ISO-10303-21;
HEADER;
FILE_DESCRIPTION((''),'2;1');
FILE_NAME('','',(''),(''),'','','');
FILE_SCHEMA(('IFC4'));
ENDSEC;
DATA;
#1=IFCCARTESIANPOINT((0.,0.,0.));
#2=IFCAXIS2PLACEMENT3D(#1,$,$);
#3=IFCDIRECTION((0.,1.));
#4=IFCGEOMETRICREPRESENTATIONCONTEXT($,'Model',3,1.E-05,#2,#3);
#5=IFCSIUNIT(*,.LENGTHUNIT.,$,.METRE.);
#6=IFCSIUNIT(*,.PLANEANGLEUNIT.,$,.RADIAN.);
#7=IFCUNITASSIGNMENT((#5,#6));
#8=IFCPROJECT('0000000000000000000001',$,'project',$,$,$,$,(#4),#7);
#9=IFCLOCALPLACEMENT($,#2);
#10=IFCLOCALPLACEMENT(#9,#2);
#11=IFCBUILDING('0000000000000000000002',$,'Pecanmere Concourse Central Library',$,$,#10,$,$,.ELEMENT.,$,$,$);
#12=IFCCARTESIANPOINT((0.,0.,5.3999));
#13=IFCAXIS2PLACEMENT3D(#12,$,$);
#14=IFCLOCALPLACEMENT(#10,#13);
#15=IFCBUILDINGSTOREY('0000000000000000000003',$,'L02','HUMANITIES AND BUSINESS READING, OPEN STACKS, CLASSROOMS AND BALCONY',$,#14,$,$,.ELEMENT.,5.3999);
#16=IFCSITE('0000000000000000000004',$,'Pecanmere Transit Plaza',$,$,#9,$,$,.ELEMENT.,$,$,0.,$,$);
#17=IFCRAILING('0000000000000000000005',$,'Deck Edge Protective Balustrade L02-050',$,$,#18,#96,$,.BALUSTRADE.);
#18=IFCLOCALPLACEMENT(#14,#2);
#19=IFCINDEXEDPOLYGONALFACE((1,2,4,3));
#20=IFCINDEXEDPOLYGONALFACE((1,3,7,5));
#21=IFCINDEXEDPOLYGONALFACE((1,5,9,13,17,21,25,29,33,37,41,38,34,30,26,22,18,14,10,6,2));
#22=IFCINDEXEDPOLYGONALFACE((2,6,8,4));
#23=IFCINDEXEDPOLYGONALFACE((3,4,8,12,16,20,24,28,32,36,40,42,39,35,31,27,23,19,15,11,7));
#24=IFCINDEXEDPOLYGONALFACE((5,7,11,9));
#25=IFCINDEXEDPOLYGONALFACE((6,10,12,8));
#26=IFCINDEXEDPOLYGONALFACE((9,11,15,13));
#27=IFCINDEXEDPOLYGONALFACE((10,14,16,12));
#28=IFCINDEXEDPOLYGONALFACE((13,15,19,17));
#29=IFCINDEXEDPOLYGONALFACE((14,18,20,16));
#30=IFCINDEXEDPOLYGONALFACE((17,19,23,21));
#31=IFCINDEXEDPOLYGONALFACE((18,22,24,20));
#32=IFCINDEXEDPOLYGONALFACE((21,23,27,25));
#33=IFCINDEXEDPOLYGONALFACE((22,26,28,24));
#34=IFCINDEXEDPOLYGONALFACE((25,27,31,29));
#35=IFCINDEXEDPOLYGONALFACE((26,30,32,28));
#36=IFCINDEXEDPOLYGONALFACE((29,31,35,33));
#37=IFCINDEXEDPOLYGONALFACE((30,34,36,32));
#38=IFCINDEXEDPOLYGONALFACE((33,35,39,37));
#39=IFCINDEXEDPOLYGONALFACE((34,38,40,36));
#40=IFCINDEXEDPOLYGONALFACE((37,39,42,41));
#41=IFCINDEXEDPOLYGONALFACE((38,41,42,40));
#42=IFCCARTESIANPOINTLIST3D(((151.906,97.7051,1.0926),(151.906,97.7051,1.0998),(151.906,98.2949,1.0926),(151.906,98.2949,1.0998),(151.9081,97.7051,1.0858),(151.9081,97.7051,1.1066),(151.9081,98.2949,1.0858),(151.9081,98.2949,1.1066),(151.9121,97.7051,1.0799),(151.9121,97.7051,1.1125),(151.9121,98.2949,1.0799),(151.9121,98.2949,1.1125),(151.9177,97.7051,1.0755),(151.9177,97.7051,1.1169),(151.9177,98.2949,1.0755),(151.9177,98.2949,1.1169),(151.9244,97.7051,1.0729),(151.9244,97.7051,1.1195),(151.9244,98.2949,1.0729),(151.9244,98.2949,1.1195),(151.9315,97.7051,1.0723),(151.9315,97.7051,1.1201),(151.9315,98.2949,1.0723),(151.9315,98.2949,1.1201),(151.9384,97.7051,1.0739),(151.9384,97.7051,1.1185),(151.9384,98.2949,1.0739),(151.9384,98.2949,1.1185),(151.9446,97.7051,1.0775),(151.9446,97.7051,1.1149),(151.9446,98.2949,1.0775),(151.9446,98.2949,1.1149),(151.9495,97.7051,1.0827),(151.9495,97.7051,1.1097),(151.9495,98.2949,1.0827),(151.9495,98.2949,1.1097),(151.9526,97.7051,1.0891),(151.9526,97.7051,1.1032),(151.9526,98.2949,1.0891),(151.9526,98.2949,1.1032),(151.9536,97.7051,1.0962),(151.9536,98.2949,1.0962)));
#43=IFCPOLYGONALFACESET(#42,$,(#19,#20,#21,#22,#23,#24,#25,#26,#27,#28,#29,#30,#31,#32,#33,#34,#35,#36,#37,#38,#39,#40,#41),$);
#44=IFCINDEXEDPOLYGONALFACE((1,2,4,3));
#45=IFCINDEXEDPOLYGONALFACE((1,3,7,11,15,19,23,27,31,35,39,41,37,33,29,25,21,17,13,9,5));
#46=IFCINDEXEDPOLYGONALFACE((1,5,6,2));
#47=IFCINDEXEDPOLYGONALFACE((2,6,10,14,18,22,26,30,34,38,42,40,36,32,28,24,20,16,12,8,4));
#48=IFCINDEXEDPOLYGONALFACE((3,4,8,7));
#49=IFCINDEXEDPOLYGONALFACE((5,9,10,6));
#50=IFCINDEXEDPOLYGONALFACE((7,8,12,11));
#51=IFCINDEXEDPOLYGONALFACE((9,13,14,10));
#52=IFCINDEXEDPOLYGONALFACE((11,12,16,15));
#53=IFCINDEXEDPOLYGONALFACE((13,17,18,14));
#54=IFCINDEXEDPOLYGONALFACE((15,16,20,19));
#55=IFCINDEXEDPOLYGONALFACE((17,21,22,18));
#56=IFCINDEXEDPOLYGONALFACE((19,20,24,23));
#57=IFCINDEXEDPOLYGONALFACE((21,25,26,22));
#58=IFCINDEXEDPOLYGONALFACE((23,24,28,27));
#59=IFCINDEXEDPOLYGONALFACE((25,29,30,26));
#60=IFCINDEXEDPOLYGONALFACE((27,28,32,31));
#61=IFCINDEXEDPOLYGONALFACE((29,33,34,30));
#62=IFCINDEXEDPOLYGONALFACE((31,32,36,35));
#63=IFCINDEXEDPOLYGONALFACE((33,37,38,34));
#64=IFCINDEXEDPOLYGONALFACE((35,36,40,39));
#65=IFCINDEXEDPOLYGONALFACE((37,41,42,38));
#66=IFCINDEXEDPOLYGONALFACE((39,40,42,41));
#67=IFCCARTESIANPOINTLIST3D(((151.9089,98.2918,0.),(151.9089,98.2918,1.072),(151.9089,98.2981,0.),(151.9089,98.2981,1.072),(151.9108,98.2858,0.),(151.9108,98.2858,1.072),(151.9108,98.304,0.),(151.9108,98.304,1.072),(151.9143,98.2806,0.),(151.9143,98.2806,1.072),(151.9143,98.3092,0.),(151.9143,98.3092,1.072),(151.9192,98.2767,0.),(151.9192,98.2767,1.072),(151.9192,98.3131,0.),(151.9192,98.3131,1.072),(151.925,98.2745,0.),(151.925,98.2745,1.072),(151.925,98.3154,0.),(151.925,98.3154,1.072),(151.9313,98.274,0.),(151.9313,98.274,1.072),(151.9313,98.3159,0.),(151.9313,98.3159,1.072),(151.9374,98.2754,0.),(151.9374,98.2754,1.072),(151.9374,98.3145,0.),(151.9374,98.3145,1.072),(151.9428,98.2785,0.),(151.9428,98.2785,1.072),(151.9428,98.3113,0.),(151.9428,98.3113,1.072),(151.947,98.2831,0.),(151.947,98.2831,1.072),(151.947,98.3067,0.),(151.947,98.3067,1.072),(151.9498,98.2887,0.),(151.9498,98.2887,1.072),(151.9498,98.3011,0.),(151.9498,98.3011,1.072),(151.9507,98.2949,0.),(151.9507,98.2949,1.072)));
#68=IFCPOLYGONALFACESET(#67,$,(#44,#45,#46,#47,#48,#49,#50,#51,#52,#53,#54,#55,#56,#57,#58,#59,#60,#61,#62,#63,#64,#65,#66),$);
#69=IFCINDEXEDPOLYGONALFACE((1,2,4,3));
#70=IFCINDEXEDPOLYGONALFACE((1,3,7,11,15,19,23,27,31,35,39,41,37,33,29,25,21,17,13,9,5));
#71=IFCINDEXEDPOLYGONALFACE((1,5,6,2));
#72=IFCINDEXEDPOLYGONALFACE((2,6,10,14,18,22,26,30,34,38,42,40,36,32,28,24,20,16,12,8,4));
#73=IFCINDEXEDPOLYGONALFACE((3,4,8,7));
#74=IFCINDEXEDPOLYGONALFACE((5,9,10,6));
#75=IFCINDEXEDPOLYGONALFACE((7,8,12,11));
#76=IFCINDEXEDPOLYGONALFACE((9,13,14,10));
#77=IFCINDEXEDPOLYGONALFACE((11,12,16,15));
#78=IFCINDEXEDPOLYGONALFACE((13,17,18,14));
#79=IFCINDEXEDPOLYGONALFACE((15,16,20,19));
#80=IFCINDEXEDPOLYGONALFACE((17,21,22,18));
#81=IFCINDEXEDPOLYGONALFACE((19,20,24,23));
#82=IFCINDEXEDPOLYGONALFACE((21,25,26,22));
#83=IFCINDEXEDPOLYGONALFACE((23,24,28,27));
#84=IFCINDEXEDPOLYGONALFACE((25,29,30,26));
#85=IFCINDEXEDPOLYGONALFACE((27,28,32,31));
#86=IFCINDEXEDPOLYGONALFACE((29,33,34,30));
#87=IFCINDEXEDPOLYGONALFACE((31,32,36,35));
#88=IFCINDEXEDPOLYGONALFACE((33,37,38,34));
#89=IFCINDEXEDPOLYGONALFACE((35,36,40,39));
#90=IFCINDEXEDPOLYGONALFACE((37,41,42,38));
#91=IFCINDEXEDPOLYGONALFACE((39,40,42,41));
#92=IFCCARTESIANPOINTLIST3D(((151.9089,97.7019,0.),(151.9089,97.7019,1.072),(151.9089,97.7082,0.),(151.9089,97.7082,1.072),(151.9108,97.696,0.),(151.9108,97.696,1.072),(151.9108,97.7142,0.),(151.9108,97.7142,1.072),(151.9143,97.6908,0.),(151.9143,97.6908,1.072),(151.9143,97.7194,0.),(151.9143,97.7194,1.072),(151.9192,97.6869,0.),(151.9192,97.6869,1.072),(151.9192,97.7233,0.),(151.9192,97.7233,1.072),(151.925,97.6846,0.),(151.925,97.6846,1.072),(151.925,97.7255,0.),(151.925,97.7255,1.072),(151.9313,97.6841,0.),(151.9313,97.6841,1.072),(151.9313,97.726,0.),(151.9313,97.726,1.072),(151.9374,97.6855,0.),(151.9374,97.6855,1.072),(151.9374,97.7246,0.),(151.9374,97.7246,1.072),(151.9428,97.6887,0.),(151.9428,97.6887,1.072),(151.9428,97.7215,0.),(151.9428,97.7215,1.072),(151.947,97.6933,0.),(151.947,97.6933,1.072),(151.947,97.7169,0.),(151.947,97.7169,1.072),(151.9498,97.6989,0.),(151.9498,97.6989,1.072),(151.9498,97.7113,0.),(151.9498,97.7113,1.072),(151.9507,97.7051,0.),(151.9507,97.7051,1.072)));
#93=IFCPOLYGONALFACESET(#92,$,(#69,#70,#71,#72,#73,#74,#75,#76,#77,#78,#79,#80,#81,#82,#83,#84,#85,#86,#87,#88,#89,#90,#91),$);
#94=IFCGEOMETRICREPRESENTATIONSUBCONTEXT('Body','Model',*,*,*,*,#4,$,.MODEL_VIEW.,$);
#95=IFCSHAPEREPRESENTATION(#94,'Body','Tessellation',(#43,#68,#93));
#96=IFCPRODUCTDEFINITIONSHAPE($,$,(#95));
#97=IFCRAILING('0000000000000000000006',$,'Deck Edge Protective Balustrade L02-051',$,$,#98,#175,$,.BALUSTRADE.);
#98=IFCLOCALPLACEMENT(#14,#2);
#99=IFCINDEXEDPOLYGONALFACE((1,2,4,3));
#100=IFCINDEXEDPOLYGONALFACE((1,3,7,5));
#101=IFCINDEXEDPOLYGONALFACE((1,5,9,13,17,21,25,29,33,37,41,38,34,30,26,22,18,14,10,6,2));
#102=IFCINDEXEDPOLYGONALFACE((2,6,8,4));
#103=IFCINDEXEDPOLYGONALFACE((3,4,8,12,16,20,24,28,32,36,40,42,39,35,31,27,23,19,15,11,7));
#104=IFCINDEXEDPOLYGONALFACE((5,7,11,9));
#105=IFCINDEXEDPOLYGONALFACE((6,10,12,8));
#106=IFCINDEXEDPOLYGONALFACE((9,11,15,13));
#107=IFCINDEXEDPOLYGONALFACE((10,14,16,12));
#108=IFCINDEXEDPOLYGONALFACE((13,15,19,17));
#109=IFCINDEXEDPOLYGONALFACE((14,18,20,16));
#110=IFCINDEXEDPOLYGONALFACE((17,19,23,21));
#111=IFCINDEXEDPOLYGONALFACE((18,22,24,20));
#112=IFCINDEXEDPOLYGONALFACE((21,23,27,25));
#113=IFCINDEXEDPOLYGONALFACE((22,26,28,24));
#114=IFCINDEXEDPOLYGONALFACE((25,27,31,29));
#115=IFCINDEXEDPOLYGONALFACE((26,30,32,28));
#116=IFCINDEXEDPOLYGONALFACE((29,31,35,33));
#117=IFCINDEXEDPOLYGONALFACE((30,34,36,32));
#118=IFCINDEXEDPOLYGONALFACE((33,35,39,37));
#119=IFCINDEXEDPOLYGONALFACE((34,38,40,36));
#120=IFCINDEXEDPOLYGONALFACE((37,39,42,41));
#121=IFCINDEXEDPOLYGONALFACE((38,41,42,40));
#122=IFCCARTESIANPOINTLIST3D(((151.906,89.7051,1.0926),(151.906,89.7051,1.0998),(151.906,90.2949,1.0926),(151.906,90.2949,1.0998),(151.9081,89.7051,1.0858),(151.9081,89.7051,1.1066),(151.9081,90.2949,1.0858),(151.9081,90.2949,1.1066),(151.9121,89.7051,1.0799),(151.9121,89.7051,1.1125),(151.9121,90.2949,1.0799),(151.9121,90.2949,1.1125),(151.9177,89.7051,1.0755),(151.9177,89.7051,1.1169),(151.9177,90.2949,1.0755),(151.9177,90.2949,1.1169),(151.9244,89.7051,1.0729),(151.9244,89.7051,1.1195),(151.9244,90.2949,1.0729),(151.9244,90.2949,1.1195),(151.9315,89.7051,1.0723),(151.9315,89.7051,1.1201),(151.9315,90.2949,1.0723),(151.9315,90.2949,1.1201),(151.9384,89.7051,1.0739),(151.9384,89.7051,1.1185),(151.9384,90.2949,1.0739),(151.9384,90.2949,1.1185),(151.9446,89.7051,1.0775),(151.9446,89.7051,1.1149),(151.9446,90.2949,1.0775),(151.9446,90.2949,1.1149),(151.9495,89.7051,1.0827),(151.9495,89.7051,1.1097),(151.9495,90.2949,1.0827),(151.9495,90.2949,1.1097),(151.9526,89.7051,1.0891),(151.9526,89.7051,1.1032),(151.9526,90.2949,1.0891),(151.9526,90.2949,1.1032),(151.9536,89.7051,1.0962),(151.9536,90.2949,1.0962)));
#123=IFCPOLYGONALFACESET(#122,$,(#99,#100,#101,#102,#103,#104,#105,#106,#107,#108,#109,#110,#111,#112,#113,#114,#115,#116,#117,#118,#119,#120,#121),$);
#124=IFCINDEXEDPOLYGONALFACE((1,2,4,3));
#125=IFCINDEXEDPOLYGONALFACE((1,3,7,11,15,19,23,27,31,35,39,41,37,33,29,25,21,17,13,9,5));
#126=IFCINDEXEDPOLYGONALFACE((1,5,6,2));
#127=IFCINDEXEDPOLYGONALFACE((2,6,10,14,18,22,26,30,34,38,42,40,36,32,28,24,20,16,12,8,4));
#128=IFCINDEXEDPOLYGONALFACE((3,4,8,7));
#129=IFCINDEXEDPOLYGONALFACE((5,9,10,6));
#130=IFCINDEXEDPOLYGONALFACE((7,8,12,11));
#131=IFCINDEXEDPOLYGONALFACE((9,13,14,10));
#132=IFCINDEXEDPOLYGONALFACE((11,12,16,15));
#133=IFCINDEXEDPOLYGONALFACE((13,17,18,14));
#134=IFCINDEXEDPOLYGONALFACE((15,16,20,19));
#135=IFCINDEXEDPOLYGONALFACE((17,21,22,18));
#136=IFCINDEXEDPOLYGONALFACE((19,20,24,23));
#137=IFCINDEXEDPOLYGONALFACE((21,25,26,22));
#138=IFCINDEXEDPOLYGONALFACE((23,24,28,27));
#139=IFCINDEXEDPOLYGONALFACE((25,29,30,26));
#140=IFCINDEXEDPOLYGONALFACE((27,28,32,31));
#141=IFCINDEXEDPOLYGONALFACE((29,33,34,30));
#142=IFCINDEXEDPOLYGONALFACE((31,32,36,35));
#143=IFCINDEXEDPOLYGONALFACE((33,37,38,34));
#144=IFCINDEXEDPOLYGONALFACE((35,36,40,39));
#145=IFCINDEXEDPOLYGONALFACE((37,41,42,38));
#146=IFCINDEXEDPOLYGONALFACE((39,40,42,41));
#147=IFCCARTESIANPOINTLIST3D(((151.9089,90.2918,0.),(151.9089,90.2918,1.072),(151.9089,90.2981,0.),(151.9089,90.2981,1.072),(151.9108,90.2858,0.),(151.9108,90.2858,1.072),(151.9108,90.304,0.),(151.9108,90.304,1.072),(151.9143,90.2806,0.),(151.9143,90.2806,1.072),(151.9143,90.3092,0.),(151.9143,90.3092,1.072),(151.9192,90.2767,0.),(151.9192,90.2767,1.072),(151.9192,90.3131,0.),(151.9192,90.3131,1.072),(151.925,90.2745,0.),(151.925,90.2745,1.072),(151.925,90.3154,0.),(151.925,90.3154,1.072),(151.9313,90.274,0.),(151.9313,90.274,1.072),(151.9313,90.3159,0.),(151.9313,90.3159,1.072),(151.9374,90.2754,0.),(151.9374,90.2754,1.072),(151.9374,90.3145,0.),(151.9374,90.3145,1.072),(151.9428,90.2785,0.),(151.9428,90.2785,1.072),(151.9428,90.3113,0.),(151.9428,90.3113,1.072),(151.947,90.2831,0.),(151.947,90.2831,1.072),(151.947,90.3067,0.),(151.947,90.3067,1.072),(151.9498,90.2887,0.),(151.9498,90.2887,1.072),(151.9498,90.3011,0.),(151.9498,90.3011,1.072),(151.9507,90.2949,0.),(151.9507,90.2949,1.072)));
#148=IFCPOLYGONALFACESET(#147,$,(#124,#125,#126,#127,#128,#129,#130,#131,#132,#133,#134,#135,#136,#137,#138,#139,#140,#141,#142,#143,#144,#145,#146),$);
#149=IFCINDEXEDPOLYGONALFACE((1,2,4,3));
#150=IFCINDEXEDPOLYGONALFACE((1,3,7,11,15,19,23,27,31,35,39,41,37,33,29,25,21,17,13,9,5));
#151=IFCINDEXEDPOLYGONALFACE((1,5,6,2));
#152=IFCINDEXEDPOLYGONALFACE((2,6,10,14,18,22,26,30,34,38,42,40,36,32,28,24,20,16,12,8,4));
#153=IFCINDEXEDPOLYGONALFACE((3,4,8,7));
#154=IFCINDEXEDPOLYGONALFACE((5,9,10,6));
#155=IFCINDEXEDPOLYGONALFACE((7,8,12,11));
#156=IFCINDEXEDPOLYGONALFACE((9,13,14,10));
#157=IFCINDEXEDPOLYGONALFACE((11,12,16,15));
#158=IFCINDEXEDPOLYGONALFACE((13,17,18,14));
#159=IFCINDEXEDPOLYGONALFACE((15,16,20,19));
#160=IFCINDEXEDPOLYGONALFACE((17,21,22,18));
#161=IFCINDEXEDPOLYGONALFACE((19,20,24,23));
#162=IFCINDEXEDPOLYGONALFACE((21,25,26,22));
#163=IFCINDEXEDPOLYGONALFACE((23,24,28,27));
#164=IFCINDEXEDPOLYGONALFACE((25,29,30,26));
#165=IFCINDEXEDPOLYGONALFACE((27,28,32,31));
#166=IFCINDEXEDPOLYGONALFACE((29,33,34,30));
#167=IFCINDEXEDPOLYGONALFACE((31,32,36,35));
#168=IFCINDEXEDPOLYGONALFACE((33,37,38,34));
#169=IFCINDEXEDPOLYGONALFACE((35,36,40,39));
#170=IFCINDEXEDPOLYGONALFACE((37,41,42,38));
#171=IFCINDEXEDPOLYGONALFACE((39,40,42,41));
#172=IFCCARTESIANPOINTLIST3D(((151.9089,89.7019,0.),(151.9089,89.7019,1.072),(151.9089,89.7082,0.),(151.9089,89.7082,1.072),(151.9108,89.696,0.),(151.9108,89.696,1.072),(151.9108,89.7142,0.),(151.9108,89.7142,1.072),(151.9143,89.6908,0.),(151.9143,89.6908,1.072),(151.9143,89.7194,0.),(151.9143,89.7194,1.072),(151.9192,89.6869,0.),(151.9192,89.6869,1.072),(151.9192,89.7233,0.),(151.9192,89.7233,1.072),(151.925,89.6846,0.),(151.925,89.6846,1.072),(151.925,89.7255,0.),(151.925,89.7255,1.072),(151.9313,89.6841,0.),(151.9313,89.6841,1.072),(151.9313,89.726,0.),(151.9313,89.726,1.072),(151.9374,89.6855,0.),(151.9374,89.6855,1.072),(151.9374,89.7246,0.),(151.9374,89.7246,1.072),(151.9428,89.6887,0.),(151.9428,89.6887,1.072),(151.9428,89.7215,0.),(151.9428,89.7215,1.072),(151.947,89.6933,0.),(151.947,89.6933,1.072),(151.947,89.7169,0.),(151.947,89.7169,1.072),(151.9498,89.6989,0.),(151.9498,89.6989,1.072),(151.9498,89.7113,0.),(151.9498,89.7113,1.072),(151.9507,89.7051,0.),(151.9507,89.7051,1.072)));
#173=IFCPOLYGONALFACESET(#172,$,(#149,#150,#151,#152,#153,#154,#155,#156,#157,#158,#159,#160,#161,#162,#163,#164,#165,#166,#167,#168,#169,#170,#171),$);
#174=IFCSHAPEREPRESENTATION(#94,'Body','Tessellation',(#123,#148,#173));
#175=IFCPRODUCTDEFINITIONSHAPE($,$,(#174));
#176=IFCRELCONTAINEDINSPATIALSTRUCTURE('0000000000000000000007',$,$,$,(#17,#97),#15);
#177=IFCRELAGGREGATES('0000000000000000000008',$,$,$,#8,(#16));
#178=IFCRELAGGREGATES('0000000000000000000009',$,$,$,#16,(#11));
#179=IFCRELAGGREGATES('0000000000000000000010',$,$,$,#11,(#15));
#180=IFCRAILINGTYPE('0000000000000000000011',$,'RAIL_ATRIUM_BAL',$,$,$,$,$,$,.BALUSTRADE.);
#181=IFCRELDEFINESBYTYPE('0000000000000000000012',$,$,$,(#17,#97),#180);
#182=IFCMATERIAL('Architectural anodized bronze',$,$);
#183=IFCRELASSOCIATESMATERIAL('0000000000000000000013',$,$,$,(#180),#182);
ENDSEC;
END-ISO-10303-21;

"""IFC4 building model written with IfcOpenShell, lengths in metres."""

from ifc_helpers import new_model, si_unit, direction, frame, origin, origin_2d, place, context, subcontext, project, spatial, circle, extrude, material, type_object, element, save


model = new_model("IFC4")

# Units and contexts
model_context = context("Model", 3, precision=1e-05, world=origin(), true_north=direction((0.0, 1.0)))
body_context = subcontext(model_context, "Body", "Model", "MODEL_VIEW")
ifc_project = project(units=[si_unit("LENGTHUNIT", "METRE"), si_unit("PLANEANGLEUNIT", "RADIAN")], contexts=[model_context])

# Site, building, storey
site_placement = place(None, origin())
site = spatial("IfcSite", under=ifc_project, at=site_placement, Name="Pecanmere Transit Plaza", CompositionType="ELEMENT", RefElevation=0.0)
building_placement = place(site_placement, origin())
building = spatial("IfcBuilding", under=site, at=building_placement, Name="Pecanmere Concourse Central Library", CompositionType="ELEMENT")
storey_placement = place(building_placement, frame((0.0, 0.0, 5.3999)))
storey = spatial("IfcBuildingStorey", under=building, at=storey_placement, Name="L02", Description="HUMANITIES AND BUSINESS READING, OPEN STACKS, CLASSROOMS AND BALCONY", CompositionType="ELEMENT", Elevation=5.3999)

# Railings
ifc_material_1 = material(Name="Architectural anodized bronze")
railing_type = type_object("IfcRailingType", Name="RAIL_ATRIUM_BAL", PredefinedType="BALUSTRADE", material=ifc_material_1)
for number, where, name in (
    (1, (151.9297, 98.2949, 0.0), "Deck Edge Protective Balustrade L02-050"),
    (2, (151.9297, 90.2949, 0.0), "Deck Edge Protective Balustrade L02-051"),
):
    element("IfcRailing", number, at=place(storey_placement, frame(where)), inside=storey, type_object=railing_type, Name=name, PredefinedType="BALUSTRADE", context=body_context, shape_type="SweptSolid", body=[
        extrude(circle(Radius=0.0239, at=origin_2d()), frame((0.0, 0.0, 1.0962), z_axis=(0.0, -1.0, 0.0), x_axis=(1.0, 0.0, 0.0)), (0.0, 0.0, 1.0), 0.5898),
        extrude(circle(Radius=0.021, at=origin_2d()), origin(), (0.0, 0.0, 1.0), 1.072),
        extrude(circle(Radius=0.021, at=origin_2d()), frame((0.0, -0.5898, 0.0)), (0.0, 0.0, 1.0), 1.072),
    ])

save(model, "model.ifc")
